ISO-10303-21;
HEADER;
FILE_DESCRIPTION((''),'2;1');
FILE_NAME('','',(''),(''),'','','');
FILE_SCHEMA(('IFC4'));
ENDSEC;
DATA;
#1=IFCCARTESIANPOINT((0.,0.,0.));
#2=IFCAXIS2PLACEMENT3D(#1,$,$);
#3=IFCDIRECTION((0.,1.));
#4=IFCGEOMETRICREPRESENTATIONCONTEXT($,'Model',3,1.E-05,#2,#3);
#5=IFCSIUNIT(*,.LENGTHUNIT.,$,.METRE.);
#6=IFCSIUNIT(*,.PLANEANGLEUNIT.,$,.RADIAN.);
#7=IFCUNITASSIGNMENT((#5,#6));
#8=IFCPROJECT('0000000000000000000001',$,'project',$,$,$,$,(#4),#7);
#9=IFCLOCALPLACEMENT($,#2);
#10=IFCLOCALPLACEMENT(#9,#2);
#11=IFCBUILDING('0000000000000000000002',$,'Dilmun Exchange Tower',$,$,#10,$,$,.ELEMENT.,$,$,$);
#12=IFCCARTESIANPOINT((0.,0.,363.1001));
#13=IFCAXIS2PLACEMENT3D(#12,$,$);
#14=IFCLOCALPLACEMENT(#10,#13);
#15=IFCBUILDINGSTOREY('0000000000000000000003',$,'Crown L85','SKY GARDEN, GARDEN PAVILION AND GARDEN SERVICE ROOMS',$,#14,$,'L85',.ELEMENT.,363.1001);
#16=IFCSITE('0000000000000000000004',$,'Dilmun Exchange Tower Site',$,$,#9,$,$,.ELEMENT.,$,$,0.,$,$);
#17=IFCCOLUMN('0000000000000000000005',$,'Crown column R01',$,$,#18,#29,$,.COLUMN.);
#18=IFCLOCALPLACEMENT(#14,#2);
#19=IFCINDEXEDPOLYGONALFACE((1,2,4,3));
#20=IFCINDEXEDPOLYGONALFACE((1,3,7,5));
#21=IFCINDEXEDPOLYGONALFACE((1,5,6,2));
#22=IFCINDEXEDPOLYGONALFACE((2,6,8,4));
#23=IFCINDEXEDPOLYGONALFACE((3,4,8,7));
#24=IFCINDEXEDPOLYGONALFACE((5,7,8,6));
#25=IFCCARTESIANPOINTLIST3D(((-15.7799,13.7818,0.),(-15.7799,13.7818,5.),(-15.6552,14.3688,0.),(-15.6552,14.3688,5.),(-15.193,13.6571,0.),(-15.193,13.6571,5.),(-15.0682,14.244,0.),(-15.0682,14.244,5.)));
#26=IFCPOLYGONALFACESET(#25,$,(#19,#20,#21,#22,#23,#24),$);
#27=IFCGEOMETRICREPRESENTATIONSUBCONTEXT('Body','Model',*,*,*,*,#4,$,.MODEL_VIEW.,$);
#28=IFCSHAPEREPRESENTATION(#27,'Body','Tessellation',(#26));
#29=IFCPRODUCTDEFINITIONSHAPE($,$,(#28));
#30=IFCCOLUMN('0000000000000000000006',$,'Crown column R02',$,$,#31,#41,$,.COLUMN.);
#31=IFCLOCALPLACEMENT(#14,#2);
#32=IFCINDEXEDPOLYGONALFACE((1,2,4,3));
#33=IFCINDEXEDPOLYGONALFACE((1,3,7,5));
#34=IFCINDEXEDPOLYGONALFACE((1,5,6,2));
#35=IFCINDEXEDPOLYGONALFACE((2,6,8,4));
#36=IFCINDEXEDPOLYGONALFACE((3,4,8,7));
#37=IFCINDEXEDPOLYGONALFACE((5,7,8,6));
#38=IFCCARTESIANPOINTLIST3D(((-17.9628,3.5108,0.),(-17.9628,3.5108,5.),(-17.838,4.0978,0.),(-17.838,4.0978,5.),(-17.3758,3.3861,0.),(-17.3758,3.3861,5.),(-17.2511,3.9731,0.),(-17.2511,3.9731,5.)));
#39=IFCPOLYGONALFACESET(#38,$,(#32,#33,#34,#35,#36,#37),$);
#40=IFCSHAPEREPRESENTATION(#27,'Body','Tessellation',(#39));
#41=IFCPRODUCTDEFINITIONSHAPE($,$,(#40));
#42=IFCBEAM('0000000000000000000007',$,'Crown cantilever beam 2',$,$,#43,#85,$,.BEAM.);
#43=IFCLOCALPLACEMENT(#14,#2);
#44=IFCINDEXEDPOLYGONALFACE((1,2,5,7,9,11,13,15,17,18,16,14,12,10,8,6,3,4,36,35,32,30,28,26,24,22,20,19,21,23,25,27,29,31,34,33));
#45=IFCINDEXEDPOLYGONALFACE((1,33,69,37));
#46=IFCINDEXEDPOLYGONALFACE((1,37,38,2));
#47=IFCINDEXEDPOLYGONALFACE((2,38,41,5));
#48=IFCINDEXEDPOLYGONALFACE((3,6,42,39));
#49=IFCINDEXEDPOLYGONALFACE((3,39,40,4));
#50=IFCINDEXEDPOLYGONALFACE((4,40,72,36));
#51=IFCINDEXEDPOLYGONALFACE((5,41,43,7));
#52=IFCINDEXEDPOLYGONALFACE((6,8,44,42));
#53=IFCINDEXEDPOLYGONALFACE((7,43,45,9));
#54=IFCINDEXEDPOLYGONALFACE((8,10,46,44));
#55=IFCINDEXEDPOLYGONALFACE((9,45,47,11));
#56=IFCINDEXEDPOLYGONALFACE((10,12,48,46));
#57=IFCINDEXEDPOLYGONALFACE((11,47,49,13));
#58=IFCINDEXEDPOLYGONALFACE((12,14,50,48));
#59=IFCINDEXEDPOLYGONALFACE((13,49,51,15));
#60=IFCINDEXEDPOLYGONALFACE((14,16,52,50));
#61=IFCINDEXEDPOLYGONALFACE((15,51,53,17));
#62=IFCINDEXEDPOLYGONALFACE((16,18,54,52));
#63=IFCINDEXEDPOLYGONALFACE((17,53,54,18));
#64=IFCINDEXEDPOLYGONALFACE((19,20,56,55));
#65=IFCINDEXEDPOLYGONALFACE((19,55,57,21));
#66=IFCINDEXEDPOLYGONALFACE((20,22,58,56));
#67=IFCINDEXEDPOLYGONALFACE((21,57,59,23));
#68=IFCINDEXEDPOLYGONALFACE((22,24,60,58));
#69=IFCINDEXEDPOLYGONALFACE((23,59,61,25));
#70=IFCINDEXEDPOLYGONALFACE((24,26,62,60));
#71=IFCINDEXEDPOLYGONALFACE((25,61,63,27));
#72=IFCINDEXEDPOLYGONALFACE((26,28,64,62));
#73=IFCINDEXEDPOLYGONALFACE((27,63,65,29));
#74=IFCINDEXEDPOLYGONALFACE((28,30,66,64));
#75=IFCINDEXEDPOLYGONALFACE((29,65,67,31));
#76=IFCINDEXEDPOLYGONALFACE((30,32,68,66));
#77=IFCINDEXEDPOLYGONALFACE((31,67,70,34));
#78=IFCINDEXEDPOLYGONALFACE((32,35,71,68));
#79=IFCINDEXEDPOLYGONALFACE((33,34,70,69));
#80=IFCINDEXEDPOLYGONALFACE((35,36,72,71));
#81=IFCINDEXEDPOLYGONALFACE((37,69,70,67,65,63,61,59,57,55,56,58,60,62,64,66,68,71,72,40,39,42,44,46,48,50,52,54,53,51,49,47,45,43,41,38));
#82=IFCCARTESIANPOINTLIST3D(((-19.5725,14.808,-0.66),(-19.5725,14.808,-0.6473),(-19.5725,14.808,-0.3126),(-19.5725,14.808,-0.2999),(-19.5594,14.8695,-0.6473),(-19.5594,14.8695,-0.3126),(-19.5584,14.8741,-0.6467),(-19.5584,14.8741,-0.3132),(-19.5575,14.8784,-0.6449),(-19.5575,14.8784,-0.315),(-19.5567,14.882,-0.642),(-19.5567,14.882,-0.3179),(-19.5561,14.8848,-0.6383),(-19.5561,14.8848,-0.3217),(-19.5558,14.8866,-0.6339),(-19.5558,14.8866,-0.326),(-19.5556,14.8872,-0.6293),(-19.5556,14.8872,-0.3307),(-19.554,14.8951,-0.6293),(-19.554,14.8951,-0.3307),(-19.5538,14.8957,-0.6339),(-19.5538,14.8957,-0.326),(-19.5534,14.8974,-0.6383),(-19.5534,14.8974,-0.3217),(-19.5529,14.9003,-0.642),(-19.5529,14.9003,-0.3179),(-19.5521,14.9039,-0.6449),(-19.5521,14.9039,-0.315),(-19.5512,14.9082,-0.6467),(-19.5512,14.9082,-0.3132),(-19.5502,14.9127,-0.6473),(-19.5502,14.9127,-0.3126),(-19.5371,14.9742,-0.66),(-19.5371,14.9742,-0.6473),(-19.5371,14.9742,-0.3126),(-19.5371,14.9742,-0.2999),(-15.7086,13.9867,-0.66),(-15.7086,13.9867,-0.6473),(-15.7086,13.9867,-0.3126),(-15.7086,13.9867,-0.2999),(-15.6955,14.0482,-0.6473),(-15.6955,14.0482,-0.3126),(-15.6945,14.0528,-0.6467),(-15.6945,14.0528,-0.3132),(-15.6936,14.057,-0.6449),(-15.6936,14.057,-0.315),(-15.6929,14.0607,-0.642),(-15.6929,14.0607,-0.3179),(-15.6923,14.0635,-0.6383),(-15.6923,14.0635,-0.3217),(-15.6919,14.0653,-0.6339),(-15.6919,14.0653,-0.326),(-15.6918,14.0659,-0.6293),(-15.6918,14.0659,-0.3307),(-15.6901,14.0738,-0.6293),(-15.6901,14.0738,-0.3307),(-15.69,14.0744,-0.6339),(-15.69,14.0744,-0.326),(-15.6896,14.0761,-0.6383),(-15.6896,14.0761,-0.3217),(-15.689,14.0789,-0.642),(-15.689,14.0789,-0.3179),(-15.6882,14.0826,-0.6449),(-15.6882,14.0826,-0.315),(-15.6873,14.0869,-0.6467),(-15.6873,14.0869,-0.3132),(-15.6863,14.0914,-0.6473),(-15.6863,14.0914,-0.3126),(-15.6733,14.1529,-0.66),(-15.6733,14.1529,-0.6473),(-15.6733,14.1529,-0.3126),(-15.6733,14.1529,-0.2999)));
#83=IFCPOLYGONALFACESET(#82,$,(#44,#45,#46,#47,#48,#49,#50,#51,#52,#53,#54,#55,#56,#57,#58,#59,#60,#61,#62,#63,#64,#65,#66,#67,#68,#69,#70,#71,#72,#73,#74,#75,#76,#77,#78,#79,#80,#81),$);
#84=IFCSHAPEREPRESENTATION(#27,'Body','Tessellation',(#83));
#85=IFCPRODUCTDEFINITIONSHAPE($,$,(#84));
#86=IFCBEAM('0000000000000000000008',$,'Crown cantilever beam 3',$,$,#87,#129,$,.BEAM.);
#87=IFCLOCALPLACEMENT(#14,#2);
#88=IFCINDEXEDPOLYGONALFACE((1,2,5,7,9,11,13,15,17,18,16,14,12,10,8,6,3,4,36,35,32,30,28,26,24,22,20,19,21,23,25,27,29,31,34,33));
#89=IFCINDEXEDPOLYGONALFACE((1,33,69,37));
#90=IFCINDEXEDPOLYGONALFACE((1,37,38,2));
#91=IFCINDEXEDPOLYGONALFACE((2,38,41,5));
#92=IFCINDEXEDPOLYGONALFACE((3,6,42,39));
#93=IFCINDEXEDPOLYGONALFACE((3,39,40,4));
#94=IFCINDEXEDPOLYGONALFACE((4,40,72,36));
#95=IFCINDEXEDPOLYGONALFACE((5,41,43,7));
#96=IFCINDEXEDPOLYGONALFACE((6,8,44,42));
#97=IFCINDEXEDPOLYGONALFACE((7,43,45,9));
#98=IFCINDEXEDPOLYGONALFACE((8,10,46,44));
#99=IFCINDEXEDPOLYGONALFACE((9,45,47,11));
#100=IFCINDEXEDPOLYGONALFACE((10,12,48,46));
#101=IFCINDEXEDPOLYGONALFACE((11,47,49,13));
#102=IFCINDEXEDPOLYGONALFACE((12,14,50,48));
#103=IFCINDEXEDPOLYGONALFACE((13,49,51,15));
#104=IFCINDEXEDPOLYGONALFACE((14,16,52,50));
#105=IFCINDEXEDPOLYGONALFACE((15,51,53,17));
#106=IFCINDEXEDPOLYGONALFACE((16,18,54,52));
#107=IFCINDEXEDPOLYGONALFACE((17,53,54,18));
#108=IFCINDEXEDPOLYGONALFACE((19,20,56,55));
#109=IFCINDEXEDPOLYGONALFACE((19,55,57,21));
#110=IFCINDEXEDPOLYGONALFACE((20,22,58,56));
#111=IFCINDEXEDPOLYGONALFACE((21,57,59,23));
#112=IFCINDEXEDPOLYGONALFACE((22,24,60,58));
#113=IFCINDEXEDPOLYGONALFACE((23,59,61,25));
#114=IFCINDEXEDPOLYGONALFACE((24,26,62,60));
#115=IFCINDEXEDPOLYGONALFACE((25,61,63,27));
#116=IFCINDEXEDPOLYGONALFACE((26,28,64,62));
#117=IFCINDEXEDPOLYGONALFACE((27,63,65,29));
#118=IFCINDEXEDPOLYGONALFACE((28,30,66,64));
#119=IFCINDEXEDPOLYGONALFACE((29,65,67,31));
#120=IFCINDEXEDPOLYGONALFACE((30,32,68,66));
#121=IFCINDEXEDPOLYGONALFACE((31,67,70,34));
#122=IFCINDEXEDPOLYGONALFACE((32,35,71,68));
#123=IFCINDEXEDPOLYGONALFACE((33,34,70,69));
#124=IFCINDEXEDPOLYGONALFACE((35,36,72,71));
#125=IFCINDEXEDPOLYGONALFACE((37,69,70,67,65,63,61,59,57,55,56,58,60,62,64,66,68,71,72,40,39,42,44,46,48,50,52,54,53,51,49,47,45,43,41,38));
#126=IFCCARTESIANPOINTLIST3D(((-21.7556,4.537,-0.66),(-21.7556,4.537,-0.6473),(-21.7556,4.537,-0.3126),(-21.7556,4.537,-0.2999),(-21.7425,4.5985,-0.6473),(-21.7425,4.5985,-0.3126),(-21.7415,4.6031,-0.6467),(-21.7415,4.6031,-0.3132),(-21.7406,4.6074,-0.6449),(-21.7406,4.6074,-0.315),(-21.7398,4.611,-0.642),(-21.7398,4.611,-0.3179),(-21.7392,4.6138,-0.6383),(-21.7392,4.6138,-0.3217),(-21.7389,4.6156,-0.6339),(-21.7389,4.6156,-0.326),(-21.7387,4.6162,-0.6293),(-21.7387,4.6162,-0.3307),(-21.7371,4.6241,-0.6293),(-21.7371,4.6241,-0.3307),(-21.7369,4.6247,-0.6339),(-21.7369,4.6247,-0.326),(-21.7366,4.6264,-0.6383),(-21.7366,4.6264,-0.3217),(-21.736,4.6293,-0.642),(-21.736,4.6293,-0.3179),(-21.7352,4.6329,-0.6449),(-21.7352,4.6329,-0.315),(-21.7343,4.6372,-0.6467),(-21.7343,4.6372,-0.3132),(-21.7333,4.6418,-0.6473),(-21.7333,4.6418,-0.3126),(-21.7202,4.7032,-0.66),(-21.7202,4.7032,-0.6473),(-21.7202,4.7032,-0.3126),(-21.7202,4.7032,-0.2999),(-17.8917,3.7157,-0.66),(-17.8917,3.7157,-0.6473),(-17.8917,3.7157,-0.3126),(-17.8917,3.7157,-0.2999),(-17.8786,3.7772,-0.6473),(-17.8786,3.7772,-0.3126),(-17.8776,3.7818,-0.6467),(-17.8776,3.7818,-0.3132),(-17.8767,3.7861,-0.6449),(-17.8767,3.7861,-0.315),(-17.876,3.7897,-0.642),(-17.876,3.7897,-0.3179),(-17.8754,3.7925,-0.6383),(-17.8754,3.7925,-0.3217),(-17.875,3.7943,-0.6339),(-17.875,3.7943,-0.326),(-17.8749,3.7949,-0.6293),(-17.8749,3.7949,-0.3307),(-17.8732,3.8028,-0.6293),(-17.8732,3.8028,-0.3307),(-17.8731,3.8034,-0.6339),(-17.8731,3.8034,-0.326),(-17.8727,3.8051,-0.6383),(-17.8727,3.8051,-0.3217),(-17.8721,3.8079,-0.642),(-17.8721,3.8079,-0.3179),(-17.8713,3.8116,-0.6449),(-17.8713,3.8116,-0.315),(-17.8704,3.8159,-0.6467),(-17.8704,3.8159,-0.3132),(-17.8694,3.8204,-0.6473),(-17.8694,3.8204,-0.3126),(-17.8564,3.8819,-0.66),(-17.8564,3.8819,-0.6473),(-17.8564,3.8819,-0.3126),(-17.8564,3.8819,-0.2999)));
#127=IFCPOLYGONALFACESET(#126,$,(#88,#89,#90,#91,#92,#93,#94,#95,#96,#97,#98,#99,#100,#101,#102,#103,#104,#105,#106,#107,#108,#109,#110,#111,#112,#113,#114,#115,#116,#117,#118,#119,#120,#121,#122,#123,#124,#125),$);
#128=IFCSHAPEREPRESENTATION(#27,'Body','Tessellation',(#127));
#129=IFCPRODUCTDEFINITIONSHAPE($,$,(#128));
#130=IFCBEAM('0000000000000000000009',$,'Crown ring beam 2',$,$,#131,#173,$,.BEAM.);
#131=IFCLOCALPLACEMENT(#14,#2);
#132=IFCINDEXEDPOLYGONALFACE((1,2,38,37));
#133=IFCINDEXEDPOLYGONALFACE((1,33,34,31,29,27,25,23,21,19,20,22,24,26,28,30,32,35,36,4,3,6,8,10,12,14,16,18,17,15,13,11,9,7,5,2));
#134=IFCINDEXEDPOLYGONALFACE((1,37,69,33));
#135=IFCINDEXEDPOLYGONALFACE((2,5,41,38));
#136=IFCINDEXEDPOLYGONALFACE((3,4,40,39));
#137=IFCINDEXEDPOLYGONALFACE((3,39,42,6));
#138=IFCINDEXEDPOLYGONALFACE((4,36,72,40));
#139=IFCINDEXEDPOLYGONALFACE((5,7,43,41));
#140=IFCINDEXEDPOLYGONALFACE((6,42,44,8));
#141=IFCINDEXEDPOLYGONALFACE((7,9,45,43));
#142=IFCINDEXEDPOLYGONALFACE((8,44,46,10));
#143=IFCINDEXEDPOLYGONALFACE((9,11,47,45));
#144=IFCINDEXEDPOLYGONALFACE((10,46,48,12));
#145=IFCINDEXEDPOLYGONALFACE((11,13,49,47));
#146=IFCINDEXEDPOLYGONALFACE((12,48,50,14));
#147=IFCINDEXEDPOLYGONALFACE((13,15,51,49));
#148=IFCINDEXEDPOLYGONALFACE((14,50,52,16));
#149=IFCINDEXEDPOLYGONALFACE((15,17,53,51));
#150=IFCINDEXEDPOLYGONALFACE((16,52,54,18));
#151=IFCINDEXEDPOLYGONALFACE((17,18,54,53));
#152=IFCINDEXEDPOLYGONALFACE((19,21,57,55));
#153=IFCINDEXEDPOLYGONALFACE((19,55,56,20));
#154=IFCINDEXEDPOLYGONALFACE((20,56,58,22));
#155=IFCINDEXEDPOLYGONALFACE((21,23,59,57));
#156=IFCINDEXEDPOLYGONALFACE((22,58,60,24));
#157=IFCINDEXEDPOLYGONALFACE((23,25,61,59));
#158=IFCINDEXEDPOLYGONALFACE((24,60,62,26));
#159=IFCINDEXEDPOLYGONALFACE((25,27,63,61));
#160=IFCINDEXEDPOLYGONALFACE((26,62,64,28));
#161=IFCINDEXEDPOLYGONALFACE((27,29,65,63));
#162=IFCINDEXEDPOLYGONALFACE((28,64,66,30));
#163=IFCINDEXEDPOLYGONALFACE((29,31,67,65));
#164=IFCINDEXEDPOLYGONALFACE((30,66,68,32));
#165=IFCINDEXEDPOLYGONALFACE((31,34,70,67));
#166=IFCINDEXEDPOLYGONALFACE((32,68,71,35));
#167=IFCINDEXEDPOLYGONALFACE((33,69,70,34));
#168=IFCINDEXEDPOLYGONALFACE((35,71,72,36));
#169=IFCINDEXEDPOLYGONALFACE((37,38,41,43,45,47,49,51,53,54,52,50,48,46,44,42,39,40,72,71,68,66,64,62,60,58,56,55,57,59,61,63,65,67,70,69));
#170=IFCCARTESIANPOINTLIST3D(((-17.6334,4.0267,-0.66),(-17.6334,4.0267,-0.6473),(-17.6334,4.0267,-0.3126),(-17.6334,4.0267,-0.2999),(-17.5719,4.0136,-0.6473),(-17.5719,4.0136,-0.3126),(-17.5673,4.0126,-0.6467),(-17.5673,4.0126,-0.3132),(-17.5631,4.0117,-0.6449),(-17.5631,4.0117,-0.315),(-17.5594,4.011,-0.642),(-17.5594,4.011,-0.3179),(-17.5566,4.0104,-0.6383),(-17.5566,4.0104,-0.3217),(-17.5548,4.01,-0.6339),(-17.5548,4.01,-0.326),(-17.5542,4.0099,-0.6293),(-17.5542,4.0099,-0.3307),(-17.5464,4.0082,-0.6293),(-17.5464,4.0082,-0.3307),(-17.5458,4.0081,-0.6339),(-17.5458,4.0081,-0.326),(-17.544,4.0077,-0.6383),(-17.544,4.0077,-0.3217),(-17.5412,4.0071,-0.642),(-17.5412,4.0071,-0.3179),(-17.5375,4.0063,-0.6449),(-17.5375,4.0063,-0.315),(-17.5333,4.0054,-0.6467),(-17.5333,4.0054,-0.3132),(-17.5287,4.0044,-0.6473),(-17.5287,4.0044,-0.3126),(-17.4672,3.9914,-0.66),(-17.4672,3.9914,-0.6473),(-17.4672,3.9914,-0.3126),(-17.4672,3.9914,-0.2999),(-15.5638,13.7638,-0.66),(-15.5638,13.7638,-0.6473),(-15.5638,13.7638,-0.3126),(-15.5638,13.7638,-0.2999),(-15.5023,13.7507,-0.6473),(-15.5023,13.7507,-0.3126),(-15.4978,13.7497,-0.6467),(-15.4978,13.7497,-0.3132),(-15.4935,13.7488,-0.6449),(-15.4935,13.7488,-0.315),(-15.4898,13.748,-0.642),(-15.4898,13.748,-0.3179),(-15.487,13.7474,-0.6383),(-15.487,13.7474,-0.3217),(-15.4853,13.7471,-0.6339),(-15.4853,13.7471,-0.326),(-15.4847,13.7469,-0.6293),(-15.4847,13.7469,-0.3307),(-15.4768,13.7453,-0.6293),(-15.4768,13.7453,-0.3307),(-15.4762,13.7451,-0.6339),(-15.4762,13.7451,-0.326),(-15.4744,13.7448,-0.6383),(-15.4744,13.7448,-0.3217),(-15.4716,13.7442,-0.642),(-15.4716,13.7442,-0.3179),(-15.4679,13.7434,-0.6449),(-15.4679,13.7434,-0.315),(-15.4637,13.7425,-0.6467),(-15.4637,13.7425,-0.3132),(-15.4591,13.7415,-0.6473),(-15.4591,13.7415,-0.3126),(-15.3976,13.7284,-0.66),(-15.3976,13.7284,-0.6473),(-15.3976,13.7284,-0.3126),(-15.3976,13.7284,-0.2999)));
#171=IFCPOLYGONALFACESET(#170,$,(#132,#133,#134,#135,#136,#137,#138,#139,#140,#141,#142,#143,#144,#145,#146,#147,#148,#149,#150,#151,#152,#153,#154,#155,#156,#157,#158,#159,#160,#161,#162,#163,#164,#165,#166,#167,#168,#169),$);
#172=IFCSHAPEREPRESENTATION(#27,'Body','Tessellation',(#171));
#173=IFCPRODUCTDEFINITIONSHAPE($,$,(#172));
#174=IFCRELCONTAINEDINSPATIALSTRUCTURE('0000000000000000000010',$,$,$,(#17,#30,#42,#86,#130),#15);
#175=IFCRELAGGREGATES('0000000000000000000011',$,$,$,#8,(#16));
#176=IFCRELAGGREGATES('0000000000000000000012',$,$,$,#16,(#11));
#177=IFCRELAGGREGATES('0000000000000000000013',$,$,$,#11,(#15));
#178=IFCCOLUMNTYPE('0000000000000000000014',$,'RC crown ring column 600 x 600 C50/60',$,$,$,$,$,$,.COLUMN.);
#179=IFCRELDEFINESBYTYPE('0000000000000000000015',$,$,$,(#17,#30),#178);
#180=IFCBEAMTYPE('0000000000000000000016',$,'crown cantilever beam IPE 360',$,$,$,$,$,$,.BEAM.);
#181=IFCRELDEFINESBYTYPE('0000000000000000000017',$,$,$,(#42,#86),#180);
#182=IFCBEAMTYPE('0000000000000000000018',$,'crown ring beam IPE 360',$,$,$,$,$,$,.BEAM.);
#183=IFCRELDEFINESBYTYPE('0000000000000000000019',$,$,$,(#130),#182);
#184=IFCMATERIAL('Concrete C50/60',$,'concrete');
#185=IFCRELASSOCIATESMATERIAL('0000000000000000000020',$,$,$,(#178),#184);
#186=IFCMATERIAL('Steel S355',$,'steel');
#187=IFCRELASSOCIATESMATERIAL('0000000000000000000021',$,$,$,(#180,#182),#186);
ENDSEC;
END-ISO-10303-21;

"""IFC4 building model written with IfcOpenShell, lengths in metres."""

from ifc_helpers import new_model, si_unit, direction, frame, origin, origin_2d, place, context, subcontext, project, spatial, rectangle, i_section, extrude, material, material_profile, profile_set, type_object, element, save


model = new_model("IFC4")

# Units and contexts
model_context = context("Model", 3, precision=1e-05, world=origin(), true_north=direction((0.0, 1.0)))
body_context = subcontext(model_context, "Body", "Model", "MODEL_VIEW")
ifc_project = project(units=[si_unit("LENGTHUNIT", "METRE"), si_unit("PLANEANGLEUNIT", "RADIAN")], contexts=[model_context])

# Site, building, storey
site_placement = place(None, origin())
site = spatial("IfcSite", under=ifc_project, at=site_placement, Name="Dilmun Exchange Tower Site", CompositionType="ELEMENT", RefElevation=0.0)
building_placement = place(site_placement, origin())
building = spatial("IfcBuilding", under=site, at=building_placement, Name="Dilmun Exchange Tower", CompositionType="ELEMENT")
storey_placement = place(building_placement, frame((0.0, 0.0, 363.1001)))
storey = spatial("IfcBuildingStorey", under=building, at=storey_placement, Name="Crown L85", Description="SKY GARDEN, GARDEN PAVILION AND GARDEN SERVICE ROOMS", LongName="L85", CompositionType="ELEMENT", Elevation=363.1001)

# Columns
ifc_material_1 = material(Name="Concrete C50/60", Category="concrete")
ifc_material_profile_1 = material_profile(ifc_material_1, rectangle(XDim=0.6001, YDim=0.6001, at=origin_2d()), Name="600 x 600")
ifc_profile_set_1 = profile_set([ifc_material_profile_1], Name="Concrete C50/60")
column_type = type_object("IfcColumnType", Name="RC crown ring column 600 x 600 C50/60", PredefinedType="COLUMN", material=ifc_profile_set_1)
for number, where, z_axis, x_axis, name in (
    (1, (-15.4241, 14.0129, 0.0), (0.0, 0.0, 1.0), (0.207912, 0.978148, 0.0), "Crown column R01"),
    (2, (-17.6069, 3.7419, 0.0), (0.0, 0.0, 1.0), (0.207912, 0.978148, 0.0), "Crown column R02"),
):
    element("IfcColumn", number, at=place(storey_placement, frame(where, z_axis=z_axis, x_axis=x_axis)), inside=storey, type_object=column_type, Name=name, PredefinedType="COLUMN", context=body_context, shape_type="SweptSolid", body=[
        extrude(rectangle(XDim=0.6001, YDim=0.6001, at=origin_2d()), origin(), (0.0, 0.0, 1.0), 5.0),
    ])

# Beams
ifc_material_2 = material(Name="Steel S355", Category="steel")
ifc_material_profile_2 = material_profile(ifc_material_2, i_section(OverallWidth=0.1699, OverallDepth=0.3601, WebThickness=0.0081, FlangeThickness=0.0127, FilletRadius=0.0181, at=origin_2d()), Name="IPE 360")
ifc_profile_set_2 = profile_set([ifc_material_profile_2], Name="Steel S355")
beam_type_1 = type_object("IfcBeamType", Name="crown cantilever beam IPE 360", PredefinedType="BEAM", material=ifc_profile_set_2)
for number, where, z_axis, x_axis, name in (
    (3, (-15.6909, 14.0698, -0.48), (-0.978147, 0.207916, 0.0), (-0.207916, -0.978147, 0.0), "Crown cantilever beam 2"),
    (4, (-17.874, 3.7988, -0.48), (-0.978147, 0.207916, 0.0), (-0.207916, -0.978147, 0.0), "Crown cantilever beam 3"),
):
    element("IfcBeam", number, at=place(storey_placement, frame(where, z_axis=z_axis, x_axis=x_axis)), inside=storey, type_object=beam_type_1, Name=name, PredefinedType="BEAM", context=body_context, shape_type="SweptSolid", body=[
        extrude(i_section(OverallWidth=0.1699, OverallDepth=0.3601, WebThickness=0.0081, FlangeThickness=0.0127, FilletRadius=0.0181, at=origin_2d()), origin(), (0.0, 0.0, 1.0), 3.9502),
    ])
ifc_material_profile_3 = material_profile(ifc_material_2, i_section(OverallWidth=0.1699, OverallDepth=0.3601, WebThickness=0.0081, FlangeThickness=0.0127, FilletRadius=0.0181, at=origin_2d()), Name="IPE 360")
ifc_profile_set_3 = profile_set([ifc_material_profile_3], Name="Steel S355")
beam_type_2 = type_object("IfcBeamType", Name="crown ring beam IPE 360", PredefinedType="BEAM", material=ifc_profile_set_3)
beam_1_placement = place(storey_placement, frame((-15.4807, 13.7461, -0.48), z_axis=(-0.207902, -0.97815, 0.0), x_axis=(0.97815, -0.207902, 0.0)))
element("IfcBeam", 5, at=beam_1_placement, inside=storey, type_object=beam_type_2, Name="Crown ring beam 2", PredefinedType="BEAM", context=body_context, shape_type="SweptSolid", body=[
    extrude(i_section(OverallWidth=0.1699, OverallDepth=0.3601, WebThickness=0.0081, FlangeThickness=0.0127, FilletRadius=0.0181, at=origin_2d()), origin(), (0.0, 0.0, 1.0), 9.9546),
])

save(model, "model.ifc")
